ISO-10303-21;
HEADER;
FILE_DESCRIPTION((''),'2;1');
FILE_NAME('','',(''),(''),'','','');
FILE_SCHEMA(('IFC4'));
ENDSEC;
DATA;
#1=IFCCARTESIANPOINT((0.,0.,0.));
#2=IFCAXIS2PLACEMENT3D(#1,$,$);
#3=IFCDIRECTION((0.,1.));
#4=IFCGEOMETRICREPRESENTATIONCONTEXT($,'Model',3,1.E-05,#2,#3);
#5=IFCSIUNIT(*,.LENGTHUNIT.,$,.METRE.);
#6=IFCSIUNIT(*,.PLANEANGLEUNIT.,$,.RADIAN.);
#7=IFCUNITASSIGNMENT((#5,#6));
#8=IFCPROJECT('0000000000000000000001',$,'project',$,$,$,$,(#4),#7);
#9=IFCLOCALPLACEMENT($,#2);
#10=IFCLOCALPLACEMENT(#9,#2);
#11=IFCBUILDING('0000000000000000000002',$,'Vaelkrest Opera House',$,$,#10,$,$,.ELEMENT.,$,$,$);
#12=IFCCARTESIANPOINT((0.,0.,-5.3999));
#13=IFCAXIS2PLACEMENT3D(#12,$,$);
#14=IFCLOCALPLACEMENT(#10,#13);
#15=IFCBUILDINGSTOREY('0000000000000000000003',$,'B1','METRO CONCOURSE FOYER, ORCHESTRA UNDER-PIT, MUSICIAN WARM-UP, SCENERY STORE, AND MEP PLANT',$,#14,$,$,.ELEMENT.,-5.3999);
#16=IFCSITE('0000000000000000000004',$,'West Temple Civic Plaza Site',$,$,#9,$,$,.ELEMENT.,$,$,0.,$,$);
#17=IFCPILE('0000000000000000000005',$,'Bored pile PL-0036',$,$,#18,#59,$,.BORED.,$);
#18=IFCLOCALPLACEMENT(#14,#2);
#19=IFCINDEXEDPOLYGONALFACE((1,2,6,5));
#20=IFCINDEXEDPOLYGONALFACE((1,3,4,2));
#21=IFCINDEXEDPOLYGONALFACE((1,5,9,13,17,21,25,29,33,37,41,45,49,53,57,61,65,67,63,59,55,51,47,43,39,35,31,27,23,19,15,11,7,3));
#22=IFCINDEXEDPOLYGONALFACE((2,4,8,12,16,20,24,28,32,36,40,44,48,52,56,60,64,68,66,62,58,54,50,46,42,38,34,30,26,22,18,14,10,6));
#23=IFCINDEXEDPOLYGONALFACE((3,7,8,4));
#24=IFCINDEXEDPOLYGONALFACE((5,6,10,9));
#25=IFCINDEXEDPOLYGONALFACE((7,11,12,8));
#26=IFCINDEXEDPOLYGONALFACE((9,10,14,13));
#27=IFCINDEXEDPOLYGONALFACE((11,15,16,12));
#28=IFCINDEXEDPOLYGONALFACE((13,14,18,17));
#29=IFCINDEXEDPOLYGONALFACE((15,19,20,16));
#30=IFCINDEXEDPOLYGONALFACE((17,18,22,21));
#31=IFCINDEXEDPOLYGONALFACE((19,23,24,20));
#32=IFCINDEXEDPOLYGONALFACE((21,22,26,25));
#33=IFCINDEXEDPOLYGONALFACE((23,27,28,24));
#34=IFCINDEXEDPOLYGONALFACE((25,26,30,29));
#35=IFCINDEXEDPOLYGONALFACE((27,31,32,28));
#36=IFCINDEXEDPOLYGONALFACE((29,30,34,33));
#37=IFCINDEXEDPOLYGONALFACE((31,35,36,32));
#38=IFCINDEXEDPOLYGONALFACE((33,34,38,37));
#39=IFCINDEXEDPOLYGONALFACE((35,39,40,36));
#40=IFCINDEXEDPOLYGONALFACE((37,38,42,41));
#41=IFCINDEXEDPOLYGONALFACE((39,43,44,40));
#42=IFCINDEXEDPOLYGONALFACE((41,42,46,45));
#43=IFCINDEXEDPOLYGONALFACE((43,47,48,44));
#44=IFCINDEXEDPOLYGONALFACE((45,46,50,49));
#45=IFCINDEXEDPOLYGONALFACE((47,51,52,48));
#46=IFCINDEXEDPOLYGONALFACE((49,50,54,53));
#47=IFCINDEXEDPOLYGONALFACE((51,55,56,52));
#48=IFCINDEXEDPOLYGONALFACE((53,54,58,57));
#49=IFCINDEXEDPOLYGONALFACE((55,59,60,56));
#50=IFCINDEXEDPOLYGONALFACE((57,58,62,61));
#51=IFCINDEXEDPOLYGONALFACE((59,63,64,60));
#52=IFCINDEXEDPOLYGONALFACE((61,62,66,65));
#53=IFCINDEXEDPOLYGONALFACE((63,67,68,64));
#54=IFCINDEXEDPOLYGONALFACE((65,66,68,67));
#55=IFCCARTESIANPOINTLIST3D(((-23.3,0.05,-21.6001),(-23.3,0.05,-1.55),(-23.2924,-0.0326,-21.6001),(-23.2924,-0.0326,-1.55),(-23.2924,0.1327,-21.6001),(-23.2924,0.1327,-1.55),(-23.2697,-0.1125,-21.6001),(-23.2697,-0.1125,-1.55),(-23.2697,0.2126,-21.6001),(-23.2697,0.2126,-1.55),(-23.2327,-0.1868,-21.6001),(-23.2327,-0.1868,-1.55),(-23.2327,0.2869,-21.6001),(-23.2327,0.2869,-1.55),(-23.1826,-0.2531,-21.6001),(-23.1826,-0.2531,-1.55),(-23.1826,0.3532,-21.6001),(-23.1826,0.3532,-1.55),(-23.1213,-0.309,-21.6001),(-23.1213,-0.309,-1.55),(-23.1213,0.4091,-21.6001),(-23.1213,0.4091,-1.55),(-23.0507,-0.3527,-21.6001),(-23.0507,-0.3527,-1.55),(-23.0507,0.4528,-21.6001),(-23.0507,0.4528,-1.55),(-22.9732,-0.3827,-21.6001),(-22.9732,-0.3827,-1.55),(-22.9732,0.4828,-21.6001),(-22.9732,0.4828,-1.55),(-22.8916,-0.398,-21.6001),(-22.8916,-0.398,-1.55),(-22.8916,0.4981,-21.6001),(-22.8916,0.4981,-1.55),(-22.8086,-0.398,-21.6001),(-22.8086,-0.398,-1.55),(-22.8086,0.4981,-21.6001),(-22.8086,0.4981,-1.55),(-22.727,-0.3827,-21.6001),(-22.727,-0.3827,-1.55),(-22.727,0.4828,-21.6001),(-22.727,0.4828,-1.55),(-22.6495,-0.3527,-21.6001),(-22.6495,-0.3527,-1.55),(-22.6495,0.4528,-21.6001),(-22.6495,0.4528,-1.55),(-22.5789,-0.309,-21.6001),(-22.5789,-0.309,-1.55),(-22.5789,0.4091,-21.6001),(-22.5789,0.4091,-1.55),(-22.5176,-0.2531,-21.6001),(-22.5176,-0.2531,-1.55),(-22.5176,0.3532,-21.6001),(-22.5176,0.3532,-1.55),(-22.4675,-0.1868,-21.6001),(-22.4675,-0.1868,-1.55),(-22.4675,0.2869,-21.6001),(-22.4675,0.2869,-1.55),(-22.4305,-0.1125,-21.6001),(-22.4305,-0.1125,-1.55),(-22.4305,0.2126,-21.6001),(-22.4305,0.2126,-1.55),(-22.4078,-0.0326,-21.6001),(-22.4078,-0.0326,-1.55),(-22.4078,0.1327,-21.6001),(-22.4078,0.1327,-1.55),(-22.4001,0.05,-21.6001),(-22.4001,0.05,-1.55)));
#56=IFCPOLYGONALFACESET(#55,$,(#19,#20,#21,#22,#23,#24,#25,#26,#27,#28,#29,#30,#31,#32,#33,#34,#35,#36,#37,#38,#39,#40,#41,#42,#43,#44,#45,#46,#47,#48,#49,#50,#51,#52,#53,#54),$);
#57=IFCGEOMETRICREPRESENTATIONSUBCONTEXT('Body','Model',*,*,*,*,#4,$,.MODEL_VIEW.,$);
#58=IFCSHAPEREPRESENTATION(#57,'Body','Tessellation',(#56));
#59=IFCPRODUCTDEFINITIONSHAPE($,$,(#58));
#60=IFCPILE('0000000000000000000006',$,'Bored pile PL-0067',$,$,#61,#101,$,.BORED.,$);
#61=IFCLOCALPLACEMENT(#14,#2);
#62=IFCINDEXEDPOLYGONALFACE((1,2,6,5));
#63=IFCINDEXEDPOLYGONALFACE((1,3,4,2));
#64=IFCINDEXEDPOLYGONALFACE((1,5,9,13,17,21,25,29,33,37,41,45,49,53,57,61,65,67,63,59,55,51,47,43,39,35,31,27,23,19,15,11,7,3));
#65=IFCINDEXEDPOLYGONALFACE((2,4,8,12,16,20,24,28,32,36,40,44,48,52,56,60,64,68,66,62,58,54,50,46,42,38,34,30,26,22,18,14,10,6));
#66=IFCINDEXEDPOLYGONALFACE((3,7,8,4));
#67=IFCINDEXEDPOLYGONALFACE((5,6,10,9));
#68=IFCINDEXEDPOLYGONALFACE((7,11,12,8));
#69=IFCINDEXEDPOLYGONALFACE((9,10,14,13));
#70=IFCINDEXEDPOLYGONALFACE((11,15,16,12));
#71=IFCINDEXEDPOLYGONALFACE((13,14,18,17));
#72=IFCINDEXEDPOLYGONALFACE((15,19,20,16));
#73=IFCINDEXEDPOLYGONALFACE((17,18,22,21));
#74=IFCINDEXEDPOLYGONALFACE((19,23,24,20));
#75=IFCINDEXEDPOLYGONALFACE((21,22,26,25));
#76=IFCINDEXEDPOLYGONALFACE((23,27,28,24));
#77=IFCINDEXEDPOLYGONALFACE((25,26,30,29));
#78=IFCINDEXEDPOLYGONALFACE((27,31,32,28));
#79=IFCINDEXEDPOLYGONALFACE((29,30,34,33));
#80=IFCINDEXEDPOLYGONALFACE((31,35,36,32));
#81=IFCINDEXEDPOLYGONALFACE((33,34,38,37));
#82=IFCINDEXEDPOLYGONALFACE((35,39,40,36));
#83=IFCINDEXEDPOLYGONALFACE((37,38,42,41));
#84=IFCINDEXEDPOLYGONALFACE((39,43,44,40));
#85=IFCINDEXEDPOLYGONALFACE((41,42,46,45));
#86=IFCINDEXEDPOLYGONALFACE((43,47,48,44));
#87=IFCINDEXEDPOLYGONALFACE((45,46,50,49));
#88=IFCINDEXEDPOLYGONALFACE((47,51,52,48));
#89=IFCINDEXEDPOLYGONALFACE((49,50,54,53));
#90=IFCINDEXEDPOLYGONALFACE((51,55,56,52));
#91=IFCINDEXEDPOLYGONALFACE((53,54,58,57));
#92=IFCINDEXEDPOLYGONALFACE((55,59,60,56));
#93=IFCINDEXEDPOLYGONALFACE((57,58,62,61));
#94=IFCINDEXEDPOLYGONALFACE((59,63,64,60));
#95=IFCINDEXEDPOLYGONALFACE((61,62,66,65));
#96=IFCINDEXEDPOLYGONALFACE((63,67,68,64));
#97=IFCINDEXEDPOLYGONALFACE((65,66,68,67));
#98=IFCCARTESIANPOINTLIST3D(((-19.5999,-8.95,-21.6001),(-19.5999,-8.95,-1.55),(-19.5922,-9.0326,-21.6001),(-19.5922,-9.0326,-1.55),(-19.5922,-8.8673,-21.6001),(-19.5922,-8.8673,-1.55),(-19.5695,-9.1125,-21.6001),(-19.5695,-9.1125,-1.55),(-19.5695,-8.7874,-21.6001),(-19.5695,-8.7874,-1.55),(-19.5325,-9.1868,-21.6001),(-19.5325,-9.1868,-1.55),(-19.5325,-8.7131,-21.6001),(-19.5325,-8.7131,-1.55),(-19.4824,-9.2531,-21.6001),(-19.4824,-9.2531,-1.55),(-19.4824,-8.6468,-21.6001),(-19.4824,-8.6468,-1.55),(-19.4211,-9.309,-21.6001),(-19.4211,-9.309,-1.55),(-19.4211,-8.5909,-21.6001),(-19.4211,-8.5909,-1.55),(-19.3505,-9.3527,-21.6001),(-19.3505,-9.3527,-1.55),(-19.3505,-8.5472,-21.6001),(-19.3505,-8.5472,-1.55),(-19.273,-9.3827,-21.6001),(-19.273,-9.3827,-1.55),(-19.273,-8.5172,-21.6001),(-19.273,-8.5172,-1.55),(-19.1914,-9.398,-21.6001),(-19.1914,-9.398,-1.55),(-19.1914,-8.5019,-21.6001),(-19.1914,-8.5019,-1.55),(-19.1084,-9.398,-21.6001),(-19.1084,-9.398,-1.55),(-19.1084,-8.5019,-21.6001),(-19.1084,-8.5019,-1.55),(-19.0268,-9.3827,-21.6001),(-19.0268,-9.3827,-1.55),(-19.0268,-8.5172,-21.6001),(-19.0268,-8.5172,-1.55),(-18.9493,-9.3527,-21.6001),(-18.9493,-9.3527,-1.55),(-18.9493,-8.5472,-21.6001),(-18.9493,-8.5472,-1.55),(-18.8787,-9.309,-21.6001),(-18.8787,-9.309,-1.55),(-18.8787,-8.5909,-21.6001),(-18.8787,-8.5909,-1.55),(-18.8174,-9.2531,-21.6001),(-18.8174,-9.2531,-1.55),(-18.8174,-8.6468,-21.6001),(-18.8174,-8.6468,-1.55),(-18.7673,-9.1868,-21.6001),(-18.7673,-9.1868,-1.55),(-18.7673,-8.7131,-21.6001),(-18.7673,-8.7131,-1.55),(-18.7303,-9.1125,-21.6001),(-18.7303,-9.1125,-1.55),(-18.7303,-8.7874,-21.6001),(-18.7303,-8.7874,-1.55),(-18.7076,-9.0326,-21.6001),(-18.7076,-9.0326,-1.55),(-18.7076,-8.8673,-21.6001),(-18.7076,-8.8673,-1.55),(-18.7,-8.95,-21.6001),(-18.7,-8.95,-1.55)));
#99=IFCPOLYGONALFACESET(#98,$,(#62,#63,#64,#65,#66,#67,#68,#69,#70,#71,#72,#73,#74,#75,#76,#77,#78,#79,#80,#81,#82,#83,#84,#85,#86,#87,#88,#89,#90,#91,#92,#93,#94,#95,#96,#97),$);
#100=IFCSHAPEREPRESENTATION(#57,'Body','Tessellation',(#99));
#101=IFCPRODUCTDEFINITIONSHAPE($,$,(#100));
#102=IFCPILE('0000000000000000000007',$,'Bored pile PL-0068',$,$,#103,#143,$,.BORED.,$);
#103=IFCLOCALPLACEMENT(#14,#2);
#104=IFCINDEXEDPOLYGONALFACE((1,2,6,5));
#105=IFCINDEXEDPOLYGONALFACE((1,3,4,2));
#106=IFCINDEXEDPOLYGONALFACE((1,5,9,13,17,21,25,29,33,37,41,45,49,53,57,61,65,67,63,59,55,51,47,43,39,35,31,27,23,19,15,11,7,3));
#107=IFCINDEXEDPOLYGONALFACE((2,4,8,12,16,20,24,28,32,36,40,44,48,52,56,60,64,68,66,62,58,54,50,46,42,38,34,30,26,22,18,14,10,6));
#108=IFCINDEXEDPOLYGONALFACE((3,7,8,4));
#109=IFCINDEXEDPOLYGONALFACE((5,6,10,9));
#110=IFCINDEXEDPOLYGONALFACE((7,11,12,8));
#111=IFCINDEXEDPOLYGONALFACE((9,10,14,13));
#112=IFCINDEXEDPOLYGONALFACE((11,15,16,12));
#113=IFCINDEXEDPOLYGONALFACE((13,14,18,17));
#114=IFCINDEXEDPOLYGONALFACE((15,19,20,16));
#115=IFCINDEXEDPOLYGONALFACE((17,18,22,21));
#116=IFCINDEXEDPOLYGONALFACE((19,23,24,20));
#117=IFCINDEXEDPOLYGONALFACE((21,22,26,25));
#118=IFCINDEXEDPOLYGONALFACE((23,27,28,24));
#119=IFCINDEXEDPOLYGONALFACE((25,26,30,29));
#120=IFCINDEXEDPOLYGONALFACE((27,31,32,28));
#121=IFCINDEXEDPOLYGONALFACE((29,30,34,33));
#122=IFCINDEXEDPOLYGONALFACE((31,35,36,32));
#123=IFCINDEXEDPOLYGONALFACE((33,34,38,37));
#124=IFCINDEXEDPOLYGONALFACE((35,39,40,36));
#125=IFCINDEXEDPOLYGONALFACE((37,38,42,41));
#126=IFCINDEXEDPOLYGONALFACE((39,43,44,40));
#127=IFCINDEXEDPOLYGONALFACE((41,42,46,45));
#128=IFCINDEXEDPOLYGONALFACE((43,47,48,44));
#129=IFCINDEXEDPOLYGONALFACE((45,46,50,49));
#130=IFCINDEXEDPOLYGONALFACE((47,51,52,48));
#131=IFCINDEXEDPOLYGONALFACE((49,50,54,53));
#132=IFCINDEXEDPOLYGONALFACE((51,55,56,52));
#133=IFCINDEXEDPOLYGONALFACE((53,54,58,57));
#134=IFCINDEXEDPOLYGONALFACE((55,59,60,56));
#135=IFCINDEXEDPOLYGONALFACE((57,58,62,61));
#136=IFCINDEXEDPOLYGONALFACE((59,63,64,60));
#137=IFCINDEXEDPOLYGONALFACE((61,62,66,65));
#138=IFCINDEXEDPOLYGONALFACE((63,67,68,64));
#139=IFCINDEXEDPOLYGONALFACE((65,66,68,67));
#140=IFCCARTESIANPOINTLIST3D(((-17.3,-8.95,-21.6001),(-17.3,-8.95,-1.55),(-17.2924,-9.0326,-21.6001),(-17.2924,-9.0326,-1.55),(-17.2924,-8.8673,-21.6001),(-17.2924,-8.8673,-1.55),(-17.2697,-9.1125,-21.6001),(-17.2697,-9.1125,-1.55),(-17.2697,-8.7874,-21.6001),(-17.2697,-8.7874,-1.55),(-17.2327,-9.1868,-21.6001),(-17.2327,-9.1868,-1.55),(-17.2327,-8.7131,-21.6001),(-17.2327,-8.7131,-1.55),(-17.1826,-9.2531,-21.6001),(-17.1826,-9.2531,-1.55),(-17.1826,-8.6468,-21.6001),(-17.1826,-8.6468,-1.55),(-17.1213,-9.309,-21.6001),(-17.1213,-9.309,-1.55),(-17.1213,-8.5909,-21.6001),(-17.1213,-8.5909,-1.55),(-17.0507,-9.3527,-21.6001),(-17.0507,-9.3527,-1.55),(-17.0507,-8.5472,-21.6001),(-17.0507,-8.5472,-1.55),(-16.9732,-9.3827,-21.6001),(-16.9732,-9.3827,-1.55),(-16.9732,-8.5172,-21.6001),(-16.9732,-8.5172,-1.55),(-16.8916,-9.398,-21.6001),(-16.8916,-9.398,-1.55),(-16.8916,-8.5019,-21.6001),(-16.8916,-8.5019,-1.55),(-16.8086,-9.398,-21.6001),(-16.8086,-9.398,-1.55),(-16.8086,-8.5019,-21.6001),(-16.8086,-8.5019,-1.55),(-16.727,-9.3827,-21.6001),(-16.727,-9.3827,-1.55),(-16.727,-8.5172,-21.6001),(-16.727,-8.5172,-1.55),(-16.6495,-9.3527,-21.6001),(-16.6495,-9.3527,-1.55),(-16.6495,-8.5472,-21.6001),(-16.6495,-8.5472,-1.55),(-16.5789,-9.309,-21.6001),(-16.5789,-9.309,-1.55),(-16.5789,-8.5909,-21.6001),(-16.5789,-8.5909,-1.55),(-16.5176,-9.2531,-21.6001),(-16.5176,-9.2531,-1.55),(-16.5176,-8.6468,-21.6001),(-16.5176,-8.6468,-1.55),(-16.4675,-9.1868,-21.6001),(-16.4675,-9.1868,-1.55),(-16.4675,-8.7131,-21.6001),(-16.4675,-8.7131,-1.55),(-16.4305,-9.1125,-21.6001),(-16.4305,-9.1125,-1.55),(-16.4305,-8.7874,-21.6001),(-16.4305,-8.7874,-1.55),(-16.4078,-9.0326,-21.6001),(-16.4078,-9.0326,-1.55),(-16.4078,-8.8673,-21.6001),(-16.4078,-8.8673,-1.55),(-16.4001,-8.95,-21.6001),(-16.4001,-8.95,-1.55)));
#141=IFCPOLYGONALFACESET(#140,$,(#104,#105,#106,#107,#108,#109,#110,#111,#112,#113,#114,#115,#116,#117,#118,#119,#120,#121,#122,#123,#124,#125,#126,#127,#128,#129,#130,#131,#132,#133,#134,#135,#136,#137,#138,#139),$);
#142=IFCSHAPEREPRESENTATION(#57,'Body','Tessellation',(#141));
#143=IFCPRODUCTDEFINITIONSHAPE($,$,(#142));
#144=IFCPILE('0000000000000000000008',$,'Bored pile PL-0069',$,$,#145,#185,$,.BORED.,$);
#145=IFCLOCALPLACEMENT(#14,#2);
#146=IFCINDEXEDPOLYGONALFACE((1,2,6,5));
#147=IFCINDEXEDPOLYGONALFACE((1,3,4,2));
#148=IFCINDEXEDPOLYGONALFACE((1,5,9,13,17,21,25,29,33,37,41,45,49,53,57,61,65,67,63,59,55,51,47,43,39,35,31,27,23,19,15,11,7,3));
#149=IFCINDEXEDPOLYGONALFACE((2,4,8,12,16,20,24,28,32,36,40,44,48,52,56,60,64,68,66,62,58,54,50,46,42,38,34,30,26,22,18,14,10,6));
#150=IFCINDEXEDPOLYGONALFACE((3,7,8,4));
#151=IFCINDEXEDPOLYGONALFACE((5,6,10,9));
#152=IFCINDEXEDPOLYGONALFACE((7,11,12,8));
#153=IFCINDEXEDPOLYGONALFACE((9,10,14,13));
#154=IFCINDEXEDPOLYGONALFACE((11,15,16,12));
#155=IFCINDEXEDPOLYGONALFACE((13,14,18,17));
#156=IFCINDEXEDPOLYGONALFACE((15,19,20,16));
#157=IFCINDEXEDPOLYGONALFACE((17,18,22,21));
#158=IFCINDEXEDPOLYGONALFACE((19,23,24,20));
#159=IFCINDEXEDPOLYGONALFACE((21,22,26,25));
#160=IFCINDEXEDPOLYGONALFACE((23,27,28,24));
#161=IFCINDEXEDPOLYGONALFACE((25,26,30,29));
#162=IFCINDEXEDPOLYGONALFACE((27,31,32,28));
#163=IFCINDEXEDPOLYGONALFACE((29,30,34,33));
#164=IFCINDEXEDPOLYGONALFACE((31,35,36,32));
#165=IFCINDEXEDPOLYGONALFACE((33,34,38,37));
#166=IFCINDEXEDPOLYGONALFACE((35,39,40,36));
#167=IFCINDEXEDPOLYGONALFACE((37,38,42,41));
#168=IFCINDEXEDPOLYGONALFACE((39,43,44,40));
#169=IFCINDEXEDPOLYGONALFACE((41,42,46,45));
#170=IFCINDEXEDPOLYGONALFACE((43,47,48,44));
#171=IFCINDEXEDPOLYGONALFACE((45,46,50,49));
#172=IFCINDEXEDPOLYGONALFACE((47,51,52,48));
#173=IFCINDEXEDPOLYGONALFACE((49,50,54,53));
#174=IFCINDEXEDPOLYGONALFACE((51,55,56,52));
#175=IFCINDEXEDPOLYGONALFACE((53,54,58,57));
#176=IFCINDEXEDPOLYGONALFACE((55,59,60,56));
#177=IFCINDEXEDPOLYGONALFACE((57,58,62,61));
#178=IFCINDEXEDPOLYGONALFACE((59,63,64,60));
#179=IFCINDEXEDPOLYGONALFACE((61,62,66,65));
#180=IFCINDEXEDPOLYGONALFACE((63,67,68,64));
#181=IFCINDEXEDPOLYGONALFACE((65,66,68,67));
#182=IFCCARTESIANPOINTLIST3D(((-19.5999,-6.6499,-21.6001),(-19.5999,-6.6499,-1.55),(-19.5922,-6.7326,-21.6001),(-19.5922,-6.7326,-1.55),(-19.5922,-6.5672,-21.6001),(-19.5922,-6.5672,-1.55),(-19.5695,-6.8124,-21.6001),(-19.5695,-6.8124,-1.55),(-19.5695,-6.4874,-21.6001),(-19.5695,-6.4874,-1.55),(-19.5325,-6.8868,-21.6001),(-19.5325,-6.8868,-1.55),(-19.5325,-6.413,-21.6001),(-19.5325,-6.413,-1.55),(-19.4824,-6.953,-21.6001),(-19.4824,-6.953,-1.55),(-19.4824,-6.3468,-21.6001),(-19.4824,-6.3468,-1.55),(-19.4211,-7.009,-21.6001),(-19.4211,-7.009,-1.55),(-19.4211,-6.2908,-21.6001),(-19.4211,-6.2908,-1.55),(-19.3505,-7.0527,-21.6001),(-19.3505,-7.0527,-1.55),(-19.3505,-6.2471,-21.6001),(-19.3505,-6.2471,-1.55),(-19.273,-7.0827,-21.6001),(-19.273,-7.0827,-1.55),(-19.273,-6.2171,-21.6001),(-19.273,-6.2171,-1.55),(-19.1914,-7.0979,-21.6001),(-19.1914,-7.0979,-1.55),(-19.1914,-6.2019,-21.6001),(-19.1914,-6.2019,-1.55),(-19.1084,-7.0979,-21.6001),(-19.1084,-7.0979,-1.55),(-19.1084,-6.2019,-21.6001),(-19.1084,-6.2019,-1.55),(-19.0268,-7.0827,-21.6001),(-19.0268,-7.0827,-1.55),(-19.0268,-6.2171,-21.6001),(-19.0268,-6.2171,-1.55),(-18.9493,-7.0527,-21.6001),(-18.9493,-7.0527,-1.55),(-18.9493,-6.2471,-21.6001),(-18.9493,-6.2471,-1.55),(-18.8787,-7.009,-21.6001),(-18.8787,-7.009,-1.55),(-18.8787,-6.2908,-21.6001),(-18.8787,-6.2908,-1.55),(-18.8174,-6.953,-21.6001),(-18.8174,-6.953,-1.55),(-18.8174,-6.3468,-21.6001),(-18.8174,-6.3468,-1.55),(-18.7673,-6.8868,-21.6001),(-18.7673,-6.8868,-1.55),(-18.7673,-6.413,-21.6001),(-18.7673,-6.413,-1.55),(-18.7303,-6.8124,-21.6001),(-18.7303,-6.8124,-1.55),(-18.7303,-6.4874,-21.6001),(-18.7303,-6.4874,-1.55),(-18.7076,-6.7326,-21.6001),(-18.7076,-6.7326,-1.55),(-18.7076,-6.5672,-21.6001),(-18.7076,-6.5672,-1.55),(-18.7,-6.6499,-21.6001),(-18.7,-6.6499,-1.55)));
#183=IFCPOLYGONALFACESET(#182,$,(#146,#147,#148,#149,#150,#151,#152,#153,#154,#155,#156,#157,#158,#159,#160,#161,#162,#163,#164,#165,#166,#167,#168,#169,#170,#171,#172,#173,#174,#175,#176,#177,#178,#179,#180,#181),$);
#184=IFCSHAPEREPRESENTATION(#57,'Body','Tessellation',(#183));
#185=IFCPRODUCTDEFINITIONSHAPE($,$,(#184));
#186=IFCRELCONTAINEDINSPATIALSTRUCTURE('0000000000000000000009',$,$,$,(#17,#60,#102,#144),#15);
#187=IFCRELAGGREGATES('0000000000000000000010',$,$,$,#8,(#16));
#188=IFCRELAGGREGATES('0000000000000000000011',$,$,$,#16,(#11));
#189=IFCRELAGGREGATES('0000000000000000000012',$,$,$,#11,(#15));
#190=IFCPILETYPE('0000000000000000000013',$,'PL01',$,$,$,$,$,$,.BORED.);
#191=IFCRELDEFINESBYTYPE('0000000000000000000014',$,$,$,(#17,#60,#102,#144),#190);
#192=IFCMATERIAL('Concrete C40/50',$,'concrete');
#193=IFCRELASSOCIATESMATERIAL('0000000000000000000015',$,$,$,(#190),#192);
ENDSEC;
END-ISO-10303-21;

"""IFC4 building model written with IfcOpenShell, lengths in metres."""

from ifc_helpers import new_model, si_unit, direction, frame, origin, origin_2d, place, context, subcontext, project, spatial, circle, extrude, material, material_profile, profile_set, type_object, element, save


model = new_model("IFC4")

# Units and contexts
model_context = context("Model", 3, precision=1e-05, world=origin(), true_north=direction((0.0, 1.0)))
body_context = subcontext(model_context, "Body", "Model", "MODEL_VIEW")
ifc_project = project(units=[si_unit("LENGTHUNIT", "METRE"), si_unit("PLANEANGLEUNIT", "RADIAN")], contexts=[model_context])

# Site, building, storey
site_placement = place(None, origin())
site = spatial("IfcSite", under=ifc_project, at=site_placement, Name="West Temple Civic Plaza Site", CompositionType="ELEMENT", RefElevation=0.0)
building_placement = place(site_placement, origin())
building = spatial("IfcBuilding", under=site, at=building_placement, Name="Vaelkrest Opera House", CompositionType="ELEMENT")
storey_placement = place(building_placement, frame((0.0, 0.0, -5.3999)))
storey = spatial("IfcBuildingStorey", under=building, at=storey_placement, Name="B1", Description="METRO CONCOURSE FOYER, ORCHESTRA UNDER-PIT, MUSICIAN WARM-UP, SCENERY STORE, AND MEP PLANT", CompositionType="ELEMENT", Elevation=-5.3999)

# Shared definitions
ifc_material_1 = material(Name="Concrete C40/50", Category="concrete")

# Piles
ifc_material_profile_1 = material_profile(ifc_material_1, circle(Radius=0.45, at=origin_2d()), Name="PILE900")
ifc_profile_set_1 = profile_set([ifc_material_profile_1], Name="Concrete C40/50")
pile_type = type_object("IfcPileType", Name="PL01", PredefinedType="BORED", material=ifc_profile_set_1)
for number, where, z_axis, x_axis, name in (
    (1, (-22.8501, 0.05, -1.55), (0.0, 0.0, -1.0), (1.0, 0.0, 0.0), "Bored pile PL-0036"),
    (2, (-19.1499, -8.95, -1.55), (0.0, 0.0, -1.0), (1.0, 0.0, 0.0), "Bored pile PL-0067"),
    (3, (-16.8501, -8.95, -1.55), (0.0, 0.0, -1.0), (1.0, 0.0, 0.0), "Bored pile PL-0068"),
    (4, (-19.1499, -6.6499, -1.55), (0.0, 0.0, -1.0), (1.0, 0.0, 0.0), "Bored pile PL-0069"),
):
    element("IfcPile", number, at=place(storey_placement, frame(where, z_axis=z_axis, x_axis=x_axis)), inside=storey, type_object=pile_type, Name=name, PredefinedType="BORED", context=body_context, shape_type="SweptSolid", body=[
        extrude(circle(Radius=0.45, at=origin_2d()), origin(), (0.0, 0.0, 1.0), 20.05),
    ])

save(model, "model.ifc")
